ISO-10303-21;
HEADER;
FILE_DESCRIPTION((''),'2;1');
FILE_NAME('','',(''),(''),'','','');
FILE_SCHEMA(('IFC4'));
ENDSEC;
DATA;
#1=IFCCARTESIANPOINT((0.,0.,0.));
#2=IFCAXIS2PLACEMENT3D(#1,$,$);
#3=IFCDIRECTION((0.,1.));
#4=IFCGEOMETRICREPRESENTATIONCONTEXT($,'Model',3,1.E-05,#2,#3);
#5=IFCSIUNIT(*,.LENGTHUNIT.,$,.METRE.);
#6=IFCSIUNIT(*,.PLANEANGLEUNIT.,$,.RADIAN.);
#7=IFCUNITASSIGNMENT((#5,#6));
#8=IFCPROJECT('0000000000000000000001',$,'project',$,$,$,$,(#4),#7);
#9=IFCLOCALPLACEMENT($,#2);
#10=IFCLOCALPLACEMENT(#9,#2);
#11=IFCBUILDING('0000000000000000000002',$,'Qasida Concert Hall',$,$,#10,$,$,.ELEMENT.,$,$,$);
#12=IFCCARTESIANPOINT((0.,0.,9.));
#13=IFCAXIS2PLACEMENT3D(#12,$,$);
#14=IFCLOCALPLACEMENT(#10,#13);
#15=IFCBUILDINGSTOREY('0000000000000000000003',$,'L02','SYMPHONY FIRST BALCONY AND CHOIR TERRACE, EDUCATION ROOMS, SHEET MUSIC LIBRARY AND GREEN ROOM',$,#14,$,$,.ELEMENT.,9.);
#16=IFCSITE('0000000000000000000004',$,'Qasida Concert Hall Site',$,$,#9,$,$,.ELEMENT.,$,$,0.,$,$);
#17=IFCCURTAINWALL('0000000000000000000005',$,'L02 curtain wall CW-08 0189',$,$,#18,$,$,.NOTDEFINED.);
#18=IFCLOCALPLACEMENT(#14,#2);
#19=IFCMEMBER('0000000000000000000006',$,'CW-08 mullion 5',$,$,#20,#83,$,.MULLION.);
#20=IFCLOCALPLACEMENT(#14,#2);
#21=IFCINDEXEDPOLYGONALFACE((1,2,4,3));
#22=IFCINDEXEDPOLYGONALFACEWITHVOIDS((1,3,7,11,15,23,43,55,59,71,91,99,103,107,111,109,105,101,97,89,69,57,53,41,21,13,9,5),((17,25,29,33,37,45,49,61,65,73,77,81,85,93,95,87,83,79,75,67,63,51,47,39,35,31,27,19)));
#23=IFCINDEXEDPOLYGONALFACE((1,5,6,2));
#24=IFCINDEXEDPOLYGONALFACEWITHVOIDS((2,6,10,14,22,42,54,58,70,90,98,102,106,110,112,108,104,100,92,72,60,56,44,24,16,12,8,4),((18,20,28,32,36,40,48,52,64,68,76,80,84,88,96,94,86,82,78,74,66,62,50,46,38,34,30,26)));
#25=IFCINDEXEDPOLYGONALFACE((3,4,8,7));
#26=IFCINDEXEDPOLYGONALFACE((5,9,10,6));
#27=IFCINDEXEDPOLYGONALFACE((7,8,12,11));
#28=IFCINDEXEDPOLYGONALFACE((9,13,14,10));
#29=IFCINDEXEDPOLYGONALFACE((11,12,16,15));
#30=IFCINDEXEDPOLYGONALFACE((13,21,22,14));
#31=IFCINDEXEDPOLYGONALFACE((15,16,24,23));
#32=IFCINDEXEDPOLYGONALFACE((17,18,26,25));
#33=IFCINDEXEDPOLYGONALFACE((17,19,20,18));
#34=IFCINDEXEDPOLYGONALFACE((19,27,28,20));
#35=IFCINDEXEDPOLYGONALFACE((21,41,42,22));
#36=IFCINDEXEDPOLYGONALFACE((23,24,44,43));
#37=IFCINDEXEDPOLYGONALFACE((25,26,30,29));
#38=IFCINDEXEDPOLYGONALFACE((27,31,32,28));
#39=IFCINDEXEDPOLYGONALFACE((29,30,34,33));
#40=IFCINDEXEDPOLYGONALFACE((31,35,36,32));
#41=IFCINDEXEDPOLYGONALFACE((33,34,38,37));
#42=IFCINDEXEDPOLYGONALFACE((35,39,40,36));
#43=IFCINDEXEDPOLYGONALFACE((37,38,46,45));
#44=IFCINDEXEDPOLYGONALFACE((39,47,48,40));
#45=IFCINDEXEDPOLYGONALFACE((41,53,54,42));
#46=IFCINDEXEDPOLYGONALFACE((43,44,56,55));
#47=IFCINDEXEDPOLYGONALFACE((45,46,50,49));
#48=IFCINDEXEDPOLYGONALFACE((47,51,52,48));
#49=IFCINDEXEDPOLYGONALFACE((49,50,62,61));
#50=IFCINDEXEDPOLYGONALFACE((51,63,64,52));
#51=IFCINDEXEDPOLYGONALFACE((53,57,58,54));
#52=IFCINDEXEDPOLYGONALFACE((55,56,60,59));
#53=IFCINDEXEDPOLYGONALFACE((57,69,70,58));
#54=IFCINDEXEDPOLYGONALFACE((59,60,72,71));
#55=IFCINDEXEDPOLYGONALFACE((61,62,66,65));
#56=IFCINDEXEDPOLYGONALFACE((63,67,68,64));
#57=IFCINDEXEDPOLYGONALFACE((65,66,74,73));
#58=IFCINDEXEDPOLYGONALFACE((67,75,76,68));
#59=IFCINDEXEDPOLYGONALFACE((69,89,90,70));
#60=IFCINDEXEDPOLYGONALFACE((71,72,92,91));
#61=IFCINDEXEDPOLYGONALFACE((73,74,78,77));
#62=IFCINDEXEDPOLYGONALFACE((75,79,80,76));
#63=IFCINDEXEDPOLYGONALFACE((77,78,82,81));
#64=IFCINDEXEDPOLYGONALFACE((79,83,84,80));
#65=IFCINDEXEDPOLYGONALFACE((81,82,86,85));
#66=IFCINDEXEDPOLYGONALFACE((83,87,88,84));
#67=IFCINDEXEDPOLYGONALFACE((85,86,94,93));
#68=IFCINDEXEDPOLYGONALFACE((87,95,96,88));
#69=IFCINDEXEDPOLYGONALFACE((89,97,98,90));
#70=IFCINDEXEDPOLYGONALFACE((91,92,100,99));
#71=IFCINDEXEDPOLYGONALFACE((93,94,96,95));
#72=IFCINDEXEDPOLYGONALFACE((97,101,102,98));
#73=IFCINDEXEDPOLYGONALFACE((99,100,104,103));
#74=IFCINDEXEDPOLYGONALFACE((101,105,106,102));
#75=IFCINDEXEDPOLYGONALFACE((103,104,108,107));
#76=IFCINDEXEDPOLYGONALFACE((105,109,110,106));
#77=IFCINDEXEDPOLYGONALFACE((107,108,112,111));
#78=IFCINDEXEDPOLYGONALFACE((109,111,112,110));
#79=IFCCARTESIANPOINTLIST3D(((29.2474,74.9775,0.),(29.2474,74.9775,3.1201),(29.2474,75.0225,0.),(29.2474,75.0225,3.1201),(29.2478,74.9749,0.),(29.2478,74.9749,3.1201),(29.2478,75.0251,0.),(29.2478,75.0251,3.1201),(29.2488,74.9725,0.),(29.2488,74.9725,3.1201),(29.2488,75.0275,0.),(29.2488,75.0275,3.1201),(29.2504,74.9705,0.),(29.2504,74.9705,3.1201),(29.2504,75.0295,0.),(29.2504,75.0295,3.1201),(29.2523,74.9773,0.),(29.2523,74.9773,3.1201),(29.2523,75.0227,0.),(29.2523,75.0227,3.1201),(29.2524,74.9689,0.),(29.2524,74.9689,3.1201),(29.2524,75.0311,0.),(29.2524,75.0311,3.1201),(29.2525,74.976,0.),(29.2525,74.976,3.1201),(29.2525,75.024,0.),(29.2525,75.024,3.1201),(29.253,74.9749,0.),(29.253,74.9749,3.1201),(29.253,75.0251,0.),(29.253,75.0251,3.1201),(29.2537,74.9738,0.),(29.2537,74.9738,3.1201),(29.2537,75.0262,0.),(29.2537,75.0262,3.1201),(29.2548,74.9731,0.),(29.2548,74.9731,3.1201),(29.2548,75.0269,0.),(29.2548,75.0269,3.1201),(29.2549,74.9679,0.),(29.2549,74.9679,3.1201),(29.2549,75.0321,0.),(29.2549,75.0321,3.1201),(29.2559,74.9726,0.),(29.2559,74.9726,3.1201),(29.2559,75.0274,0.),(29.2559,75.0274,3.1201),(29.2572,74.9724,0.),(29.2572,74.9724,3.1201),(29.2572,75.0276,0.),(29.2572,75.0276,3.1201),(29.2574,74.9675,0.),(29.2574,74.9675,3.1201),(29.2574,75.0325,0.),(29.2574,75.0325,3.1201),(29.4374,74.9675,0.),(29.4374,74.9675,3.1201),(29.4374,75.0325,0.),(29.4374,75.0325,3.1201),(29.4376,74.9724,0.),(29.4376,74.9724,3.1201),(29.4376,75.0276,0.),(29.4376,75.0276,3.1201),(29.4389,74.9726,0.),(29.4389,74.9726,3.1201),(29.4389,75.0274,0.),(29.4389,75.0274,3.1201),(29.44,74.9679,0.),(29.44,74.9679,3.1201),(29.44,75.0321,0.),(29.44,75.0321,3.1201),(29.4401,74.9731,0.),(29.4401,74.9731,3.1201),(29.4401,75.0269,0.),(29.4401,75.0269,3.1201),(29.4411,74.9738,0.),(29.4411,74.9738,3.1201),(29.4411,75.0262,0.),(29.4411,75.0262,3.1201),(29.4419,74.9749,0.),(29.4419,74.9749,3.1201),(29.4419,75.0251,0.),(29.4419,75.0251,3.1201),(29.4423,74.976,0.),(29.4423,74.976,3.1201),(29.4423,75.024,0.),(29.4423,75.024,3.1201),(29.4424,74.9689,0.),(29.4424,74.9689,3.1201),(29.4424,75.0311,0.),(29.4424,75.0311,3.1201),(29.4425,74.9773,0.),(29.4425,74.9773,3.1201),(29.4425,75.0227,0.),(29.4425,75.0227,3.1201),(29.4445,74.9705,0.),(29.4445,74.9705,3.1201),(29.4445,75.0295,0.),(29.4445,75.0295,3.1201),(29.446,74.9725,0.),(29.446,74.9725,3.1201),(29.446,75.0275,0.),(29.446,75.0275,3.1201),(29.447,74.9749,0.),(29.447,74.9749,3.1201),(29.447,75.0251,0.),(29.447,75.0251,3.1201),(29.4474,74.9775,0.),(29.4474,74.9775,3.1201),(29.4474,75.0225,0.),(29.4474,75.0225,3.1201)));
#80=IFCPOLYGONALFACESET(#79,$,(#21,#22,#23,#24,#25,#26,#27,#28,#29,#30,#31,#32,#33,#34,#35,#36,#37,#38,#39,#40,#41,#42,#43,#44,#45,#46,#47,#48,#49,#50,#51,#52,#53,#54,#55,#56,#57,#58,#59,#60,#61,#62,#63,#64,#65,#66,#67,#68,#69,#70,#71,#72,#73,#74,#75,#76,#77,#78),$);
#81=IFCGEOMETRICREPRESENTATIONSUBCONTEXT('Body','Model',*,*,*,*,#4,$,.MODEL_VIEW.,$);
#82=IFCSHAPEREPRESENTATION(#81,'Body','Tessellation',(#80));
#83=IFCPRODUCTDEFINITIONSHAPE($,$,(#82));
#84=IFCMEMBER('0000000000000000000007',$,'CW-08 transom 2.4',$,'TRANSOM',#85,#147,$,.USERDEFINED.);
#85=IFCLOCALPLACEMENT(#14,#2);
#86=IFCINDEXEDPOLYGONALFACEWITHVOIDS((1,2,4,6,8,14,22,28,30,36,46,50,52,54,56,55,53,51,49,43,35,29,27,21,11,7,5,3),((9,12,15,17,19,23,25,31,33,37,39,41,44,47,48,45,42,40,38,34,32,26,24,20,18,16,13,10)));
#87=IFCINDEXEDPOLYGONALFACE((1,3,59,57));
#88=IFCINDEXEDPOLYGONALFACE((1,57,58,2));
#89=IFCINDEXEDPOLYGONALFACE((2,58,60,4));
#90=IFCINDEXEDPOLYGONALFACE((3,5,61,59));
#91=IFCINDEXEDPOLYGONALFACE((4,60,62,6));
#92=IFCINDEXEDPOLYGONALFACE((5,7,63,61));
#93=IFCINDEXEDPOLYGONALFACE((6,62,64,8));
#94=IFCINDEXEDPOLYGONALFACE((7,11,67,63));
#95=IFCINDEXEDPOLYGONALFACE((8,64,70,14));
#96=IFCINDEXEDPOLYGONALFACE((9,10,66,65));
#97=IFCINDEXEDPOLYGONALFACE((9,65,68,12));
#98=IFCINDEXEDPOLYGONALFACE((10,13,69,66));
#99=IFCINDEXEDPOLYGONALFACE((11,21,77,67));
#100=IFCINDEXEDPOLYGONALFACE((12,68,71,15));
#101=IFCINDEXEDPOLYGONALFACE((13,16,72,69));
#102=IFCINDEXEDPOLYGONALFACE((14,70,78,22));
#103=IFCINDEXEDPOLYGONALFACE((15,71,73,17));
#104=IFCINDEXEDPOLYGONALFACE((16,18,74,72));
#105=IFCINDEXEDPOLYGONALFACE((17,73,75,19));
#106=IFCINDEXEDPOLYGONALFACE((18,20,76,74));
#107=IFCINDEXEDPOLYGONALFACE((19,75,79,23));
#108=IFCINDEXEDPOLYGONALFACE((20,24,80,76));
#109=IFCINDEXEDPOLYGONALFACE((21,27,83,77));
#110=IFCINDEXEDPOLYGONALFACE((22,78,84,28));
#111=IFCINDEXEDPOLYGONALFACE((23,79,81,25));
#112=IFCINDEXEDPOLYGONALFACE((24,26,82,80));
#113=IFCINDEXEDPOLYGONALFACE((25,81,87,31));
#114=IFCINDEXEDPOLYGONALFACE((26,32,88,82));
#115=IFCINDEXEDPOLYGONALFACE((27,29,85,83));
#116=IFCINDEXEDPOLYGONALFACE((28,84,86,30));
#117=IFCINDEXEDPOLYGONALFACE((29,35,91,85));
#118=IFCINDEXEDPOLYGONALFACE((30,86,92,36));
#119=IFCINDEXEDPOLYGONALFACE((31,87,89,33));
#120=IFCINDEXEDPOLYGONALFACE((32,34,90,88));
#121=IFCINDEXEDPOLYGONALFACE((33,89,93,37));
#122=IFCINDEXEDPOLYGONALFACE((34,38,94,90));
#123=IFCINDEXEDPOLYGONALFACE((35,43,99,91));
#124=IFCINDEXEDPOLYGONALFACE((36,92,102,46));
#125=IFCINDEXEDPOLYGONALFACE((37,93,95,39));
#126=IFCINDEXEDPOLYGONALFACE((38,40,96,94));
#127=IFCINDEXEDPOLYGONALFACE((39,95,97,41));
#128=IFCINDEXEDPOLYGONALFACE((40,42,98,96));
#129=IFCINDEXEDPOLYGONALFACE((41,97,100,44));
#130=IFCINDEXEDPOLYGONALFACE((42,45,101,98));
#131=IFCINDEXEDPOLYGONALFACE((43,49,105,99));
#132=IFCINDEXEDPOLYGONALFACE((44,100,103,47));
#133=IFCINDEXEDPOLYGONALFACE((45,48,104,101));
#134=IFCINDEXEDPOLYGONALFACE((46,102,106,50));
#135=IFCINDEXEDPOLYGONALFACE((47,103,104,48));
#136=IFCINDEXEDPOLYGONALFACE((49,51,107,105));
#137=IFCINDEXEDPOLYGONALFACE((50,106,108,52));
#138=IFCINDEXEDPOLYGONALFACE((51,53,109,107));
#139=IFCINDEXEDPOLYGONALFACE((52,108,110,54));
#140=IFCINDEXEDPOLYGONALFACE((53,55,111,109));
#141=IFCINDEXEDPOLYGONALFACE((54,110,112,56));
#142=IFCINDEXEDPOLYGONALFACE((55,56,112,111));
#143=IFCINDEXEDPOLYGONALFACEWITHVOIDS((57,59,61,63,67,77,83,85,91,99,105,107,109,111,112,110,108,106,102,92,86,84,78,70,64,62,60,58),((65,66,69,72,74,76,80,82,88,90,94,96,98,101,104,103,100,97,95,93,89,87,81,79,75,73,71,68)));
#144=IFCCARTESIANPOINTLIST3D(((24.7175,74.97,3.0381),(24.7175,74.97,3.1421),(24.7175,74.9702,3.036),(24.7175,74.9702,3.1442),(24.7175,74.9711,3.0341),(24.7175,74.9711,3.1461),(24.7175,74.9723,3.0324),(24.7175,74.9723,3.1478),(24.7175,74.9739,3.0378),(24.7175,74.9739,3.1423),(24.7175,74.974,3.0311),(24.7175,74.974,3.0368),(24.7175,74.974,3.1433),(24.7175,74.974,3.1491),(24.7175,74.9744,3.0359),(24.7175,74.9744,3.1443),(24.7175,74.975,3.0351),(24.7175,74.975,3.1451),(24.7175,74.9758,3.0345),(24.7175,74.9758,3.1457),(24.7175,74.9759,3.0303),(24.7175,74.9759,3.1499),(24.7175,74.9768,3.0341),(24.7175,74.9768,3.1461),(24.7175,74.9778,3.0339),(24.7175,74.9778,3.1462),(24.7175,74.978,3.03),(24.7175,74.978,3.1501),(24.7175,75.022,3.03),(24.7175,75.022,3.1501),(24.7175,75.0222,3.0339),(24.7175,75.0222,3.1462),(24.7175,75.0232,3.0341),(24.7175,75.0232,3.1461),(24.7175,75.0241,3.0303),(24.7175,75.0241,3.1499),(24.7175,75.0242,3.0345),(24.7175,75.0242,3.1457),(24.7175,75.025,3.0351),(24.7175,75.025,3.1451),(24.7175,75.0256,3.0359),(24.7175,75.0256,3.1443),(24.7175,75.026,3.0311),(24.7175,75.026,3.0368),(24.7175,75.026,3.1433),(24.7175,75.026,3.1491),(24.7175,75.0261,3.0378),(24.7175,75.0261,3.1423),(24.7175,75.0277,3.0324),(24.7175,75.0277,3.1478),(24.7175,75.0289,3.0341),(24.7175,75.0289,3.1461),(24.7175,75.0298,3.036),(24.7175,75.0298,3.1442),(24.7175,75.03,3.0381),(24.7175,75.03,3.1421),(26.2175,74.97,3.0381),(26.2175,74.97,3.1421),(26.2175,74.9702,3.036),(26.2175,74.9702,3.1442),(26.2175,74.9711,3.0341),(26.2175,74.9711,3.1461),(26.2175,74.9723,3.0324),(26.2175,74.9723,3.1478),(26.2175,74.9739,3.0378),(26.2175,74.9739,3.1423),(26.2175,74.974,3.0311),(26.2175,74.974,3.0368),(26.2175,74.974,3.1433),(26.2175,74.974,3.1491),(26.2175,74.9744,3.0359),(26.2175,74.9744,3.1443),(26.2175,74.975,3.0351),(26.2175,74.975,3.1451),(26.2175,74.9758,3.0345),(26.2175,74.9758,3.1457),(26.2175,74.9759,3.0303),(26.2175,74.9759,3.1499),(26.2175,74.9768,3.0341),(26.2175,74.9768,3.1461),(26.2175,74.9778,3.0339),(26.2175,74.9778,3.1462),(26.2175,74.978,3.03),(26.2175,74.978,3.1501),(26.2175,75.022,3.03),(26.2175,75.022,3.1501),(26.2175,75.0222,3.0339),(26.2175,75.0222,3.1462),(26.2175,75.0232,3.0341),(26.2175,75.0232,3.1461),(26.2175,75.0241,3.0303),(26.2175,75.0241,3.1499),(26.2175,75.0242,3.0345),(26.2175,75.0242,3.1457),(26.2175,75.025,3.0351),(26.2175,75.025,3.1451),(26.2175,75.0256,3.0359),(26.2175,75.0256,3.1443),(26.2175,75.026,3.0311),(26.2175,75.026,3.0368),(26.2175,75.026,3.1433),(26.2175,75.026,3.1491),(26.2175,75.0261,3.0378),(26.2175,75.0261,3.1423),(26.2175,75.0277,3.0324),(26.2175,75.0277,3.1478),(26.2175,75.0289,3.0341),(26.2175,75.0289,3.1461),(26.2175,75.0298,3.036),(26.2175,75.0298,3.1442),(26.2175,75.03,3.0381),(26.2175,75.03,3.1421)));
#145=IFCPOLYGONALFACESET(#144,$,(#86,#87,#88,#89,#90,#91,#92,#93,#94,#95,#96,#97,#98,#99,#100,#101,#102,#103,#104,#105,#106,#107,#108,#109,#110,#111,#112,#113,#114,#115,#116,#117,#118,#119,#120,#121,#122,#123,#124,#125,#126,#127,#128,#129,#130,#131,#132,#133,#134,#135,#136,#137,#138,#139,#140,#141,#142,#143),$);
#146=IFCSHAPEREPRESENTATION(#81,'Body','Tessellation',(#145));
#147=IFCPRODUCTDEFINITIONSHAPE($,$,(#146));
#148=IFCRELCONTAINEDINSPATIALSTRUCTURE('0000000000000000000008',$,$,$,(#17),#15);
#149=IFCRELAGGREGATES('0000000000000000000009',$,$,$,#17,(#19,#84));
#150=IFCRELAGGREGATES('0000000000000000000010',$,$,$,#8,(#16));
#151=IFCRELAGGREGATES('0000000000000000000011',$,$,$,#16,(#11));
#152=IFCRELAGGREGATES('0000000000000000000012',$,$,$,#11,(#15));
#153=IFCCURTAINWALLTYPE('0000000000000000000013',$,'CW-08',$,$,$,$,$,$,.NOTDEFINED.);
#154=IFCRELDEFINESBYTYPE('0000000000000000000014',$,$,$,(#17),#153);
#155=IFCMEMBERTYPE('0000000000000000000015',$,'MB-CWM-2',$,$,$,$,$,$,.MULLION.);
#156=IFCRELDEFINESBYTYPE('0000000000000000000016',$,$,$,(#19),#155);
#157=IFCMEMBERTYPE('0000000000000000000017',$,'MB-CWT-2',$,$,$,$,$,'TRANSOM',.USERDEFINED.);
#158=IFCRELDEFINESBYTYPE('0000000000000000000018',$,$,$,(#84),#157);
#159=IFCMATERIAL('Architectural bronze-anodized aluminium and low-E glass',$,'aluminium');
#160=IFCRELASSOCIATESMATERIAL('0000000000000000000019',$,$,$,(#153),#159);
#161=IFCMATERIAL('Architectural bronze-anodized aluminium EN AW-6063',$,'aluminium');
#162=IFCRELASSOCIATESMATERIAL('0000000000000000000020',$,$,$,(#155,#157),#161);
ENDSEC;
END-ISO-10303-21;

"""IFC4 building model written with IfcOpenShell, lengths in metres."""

from ifc_helpers import new_model, si_unit, direction, frame, origin, origin_2d, place, context, subcontext, project, spatial, hollow_rectangle, extrude, material, material_profile, profile_set, type_object, element, aggregate, save


model = new_model("IFC4")

# Units and contexts
model_context = context("Model", 3, precision=1e-05, world=origin(), true_north=direction((0.0, 1.0)))
body_context = subcontext(model_context, "Body", "Model", "MODEL_VIEW")
ifc_project = project(units=[si_unit("LENGTHUNIT", "METRE"), si_unit("PLANEANGLEUNIT", "RADIAN")], contexts=[model_context])

# Site, building, storey
site_placement = place(None, origin())
site = spatial("IfcSite", under=ifc_project, at=site_placement, Name="Qasida Concert Hall Site", CompositionType="ELEMENT", RefElevation=0.0)
building_placement = place(site_placement, origin())
building = spatial("IfcBuilding", under=site, at=building_placement, Name="Qasida Concert Hall", CompositionType="ELEMENT")
storey_placement = place(building_placement, frame((0.0, 0.0, 9.0)))
storey = spatial("IfcBuildingStorey", under=building, at=storey_placement, Name="L02", Description="SYMPHONY FIRST BALCONY AND CHOIR TERRACE, EDUCATION ROOMS, SHEET MUSIC LIBRARY AND GREEN ROOM", CompositionType="ELEMENT", Elevation=9.0)

# Curtain wall, members
ifc_material_1 = material(Name="Architectural bronze-anodized aluminium and low-E glass", Category="aluminium")
curtain_wall_type = type_object("IfcCurtainWallType", Name="CW-08", PredefinedType="NOTDEFINED", material=ifc_material_1)
curtain_wall_placement = place(storey_placement, origin())
curtain_wall = element("IfcCurtainWall", 1, at=curtain_wall_placement, inside=storey, type_object=curtain_wall_type, Name="L02 curtain wall CW-08 0189", PredefinedType="NOTDEFINED")
ifc_material_2 = material(Name="Architectural bronze-anodized aluminium EN AW-6063", Category="aluminium")
ifc_material_profile_1 = material_profile(ifc_material_2, hollow_rectangle(XDim=0.0649, YDim=0.2, WallThickness=0.0049, InnerFilletRadius=0.0049, OuterFilletRadius=0.01, at=origin_2d()), Name="CWM 200x65x5")
ifc_profile_set_1 = profile_set([ifc_material_profile_1], Name="Architectural bronze-anodized aluminium EN AW-6063")
member_type_1 = type_object("IfcMemberType", Name="MB-CWM-2", PredefinedType="MULLION", material=ifc_profile_set_1)
member_1_placement = place(storey_placement, frame((29.3474, 75.0, 0.0), z_axis=(0.0, 0.0, 1.0), x_axis=(0.0, 1.0, 0.0)))
member_1 = element("IfcMember", 2, at=member_1_placement, type_object=member_type_1, Name="CW-08 mullion 5", PredefinedType="MULLION", context=body_context, shape_type="SweptSolid", body=[
    extrude(hollow_rectangle(XDim=0.0649, YDim=0.2, WallThickness=0.0049, InnerFilletRadius=0.0049, OuterFilletRadius=0.01, at=origin_2d()), origin(), (0.0, 0.0, 1.0), 3.1201),
])
ifc_material_profile_2 = material_profile(ifc_material_2, hollow_rectangle(XDim=0.0601, YDim=0.1201, WallThickness=0.0039, InnerFilletRadius=0.0039, OuterFilletRadius=0.0081, at=origin_2d()), Name="CWT 120x60x4")
ifc_profile_set_2 = profile_set([ifc_material_profile_2], Name="Architectural bronze-anodized aluminium EN AW-6063")
member_type_2 = type_object("IfcMemberType", Name="MB-CWT-2", ElementType="TRANSOM", PredefinedType="USERDEFINED", material=ifc_profile_set_2)
member_2_placement = place(storey_placement, frame((24.7175, 75.0, 3.0901), z_axis=(1.0, 0.0, 0.0), x_axis=(0.0, 1.0, 0.0)))
member_2 = element("IfcMember", 3, at=member_2_placement, type_object=member_type_2, Name="CW-08 transom 2.4", ObjectType="TRANSOM", PredefinedType="USERDEFINED", context=body_context, shape_type="SweptSolid", body=[
    extrude(hollow_rectangle(XDim=0.0601, YDim=0.1201, WallThickness=0.0039, InnerFilletRadius=0.0039, OuterFilletRadius=0.0081, at=origin_2d()), origin(), (0.0, 0.0, 1.0), 1.5),
])
aggregate(curtain_wall, [member_1, member_2])

save(model, "model.ifc")
